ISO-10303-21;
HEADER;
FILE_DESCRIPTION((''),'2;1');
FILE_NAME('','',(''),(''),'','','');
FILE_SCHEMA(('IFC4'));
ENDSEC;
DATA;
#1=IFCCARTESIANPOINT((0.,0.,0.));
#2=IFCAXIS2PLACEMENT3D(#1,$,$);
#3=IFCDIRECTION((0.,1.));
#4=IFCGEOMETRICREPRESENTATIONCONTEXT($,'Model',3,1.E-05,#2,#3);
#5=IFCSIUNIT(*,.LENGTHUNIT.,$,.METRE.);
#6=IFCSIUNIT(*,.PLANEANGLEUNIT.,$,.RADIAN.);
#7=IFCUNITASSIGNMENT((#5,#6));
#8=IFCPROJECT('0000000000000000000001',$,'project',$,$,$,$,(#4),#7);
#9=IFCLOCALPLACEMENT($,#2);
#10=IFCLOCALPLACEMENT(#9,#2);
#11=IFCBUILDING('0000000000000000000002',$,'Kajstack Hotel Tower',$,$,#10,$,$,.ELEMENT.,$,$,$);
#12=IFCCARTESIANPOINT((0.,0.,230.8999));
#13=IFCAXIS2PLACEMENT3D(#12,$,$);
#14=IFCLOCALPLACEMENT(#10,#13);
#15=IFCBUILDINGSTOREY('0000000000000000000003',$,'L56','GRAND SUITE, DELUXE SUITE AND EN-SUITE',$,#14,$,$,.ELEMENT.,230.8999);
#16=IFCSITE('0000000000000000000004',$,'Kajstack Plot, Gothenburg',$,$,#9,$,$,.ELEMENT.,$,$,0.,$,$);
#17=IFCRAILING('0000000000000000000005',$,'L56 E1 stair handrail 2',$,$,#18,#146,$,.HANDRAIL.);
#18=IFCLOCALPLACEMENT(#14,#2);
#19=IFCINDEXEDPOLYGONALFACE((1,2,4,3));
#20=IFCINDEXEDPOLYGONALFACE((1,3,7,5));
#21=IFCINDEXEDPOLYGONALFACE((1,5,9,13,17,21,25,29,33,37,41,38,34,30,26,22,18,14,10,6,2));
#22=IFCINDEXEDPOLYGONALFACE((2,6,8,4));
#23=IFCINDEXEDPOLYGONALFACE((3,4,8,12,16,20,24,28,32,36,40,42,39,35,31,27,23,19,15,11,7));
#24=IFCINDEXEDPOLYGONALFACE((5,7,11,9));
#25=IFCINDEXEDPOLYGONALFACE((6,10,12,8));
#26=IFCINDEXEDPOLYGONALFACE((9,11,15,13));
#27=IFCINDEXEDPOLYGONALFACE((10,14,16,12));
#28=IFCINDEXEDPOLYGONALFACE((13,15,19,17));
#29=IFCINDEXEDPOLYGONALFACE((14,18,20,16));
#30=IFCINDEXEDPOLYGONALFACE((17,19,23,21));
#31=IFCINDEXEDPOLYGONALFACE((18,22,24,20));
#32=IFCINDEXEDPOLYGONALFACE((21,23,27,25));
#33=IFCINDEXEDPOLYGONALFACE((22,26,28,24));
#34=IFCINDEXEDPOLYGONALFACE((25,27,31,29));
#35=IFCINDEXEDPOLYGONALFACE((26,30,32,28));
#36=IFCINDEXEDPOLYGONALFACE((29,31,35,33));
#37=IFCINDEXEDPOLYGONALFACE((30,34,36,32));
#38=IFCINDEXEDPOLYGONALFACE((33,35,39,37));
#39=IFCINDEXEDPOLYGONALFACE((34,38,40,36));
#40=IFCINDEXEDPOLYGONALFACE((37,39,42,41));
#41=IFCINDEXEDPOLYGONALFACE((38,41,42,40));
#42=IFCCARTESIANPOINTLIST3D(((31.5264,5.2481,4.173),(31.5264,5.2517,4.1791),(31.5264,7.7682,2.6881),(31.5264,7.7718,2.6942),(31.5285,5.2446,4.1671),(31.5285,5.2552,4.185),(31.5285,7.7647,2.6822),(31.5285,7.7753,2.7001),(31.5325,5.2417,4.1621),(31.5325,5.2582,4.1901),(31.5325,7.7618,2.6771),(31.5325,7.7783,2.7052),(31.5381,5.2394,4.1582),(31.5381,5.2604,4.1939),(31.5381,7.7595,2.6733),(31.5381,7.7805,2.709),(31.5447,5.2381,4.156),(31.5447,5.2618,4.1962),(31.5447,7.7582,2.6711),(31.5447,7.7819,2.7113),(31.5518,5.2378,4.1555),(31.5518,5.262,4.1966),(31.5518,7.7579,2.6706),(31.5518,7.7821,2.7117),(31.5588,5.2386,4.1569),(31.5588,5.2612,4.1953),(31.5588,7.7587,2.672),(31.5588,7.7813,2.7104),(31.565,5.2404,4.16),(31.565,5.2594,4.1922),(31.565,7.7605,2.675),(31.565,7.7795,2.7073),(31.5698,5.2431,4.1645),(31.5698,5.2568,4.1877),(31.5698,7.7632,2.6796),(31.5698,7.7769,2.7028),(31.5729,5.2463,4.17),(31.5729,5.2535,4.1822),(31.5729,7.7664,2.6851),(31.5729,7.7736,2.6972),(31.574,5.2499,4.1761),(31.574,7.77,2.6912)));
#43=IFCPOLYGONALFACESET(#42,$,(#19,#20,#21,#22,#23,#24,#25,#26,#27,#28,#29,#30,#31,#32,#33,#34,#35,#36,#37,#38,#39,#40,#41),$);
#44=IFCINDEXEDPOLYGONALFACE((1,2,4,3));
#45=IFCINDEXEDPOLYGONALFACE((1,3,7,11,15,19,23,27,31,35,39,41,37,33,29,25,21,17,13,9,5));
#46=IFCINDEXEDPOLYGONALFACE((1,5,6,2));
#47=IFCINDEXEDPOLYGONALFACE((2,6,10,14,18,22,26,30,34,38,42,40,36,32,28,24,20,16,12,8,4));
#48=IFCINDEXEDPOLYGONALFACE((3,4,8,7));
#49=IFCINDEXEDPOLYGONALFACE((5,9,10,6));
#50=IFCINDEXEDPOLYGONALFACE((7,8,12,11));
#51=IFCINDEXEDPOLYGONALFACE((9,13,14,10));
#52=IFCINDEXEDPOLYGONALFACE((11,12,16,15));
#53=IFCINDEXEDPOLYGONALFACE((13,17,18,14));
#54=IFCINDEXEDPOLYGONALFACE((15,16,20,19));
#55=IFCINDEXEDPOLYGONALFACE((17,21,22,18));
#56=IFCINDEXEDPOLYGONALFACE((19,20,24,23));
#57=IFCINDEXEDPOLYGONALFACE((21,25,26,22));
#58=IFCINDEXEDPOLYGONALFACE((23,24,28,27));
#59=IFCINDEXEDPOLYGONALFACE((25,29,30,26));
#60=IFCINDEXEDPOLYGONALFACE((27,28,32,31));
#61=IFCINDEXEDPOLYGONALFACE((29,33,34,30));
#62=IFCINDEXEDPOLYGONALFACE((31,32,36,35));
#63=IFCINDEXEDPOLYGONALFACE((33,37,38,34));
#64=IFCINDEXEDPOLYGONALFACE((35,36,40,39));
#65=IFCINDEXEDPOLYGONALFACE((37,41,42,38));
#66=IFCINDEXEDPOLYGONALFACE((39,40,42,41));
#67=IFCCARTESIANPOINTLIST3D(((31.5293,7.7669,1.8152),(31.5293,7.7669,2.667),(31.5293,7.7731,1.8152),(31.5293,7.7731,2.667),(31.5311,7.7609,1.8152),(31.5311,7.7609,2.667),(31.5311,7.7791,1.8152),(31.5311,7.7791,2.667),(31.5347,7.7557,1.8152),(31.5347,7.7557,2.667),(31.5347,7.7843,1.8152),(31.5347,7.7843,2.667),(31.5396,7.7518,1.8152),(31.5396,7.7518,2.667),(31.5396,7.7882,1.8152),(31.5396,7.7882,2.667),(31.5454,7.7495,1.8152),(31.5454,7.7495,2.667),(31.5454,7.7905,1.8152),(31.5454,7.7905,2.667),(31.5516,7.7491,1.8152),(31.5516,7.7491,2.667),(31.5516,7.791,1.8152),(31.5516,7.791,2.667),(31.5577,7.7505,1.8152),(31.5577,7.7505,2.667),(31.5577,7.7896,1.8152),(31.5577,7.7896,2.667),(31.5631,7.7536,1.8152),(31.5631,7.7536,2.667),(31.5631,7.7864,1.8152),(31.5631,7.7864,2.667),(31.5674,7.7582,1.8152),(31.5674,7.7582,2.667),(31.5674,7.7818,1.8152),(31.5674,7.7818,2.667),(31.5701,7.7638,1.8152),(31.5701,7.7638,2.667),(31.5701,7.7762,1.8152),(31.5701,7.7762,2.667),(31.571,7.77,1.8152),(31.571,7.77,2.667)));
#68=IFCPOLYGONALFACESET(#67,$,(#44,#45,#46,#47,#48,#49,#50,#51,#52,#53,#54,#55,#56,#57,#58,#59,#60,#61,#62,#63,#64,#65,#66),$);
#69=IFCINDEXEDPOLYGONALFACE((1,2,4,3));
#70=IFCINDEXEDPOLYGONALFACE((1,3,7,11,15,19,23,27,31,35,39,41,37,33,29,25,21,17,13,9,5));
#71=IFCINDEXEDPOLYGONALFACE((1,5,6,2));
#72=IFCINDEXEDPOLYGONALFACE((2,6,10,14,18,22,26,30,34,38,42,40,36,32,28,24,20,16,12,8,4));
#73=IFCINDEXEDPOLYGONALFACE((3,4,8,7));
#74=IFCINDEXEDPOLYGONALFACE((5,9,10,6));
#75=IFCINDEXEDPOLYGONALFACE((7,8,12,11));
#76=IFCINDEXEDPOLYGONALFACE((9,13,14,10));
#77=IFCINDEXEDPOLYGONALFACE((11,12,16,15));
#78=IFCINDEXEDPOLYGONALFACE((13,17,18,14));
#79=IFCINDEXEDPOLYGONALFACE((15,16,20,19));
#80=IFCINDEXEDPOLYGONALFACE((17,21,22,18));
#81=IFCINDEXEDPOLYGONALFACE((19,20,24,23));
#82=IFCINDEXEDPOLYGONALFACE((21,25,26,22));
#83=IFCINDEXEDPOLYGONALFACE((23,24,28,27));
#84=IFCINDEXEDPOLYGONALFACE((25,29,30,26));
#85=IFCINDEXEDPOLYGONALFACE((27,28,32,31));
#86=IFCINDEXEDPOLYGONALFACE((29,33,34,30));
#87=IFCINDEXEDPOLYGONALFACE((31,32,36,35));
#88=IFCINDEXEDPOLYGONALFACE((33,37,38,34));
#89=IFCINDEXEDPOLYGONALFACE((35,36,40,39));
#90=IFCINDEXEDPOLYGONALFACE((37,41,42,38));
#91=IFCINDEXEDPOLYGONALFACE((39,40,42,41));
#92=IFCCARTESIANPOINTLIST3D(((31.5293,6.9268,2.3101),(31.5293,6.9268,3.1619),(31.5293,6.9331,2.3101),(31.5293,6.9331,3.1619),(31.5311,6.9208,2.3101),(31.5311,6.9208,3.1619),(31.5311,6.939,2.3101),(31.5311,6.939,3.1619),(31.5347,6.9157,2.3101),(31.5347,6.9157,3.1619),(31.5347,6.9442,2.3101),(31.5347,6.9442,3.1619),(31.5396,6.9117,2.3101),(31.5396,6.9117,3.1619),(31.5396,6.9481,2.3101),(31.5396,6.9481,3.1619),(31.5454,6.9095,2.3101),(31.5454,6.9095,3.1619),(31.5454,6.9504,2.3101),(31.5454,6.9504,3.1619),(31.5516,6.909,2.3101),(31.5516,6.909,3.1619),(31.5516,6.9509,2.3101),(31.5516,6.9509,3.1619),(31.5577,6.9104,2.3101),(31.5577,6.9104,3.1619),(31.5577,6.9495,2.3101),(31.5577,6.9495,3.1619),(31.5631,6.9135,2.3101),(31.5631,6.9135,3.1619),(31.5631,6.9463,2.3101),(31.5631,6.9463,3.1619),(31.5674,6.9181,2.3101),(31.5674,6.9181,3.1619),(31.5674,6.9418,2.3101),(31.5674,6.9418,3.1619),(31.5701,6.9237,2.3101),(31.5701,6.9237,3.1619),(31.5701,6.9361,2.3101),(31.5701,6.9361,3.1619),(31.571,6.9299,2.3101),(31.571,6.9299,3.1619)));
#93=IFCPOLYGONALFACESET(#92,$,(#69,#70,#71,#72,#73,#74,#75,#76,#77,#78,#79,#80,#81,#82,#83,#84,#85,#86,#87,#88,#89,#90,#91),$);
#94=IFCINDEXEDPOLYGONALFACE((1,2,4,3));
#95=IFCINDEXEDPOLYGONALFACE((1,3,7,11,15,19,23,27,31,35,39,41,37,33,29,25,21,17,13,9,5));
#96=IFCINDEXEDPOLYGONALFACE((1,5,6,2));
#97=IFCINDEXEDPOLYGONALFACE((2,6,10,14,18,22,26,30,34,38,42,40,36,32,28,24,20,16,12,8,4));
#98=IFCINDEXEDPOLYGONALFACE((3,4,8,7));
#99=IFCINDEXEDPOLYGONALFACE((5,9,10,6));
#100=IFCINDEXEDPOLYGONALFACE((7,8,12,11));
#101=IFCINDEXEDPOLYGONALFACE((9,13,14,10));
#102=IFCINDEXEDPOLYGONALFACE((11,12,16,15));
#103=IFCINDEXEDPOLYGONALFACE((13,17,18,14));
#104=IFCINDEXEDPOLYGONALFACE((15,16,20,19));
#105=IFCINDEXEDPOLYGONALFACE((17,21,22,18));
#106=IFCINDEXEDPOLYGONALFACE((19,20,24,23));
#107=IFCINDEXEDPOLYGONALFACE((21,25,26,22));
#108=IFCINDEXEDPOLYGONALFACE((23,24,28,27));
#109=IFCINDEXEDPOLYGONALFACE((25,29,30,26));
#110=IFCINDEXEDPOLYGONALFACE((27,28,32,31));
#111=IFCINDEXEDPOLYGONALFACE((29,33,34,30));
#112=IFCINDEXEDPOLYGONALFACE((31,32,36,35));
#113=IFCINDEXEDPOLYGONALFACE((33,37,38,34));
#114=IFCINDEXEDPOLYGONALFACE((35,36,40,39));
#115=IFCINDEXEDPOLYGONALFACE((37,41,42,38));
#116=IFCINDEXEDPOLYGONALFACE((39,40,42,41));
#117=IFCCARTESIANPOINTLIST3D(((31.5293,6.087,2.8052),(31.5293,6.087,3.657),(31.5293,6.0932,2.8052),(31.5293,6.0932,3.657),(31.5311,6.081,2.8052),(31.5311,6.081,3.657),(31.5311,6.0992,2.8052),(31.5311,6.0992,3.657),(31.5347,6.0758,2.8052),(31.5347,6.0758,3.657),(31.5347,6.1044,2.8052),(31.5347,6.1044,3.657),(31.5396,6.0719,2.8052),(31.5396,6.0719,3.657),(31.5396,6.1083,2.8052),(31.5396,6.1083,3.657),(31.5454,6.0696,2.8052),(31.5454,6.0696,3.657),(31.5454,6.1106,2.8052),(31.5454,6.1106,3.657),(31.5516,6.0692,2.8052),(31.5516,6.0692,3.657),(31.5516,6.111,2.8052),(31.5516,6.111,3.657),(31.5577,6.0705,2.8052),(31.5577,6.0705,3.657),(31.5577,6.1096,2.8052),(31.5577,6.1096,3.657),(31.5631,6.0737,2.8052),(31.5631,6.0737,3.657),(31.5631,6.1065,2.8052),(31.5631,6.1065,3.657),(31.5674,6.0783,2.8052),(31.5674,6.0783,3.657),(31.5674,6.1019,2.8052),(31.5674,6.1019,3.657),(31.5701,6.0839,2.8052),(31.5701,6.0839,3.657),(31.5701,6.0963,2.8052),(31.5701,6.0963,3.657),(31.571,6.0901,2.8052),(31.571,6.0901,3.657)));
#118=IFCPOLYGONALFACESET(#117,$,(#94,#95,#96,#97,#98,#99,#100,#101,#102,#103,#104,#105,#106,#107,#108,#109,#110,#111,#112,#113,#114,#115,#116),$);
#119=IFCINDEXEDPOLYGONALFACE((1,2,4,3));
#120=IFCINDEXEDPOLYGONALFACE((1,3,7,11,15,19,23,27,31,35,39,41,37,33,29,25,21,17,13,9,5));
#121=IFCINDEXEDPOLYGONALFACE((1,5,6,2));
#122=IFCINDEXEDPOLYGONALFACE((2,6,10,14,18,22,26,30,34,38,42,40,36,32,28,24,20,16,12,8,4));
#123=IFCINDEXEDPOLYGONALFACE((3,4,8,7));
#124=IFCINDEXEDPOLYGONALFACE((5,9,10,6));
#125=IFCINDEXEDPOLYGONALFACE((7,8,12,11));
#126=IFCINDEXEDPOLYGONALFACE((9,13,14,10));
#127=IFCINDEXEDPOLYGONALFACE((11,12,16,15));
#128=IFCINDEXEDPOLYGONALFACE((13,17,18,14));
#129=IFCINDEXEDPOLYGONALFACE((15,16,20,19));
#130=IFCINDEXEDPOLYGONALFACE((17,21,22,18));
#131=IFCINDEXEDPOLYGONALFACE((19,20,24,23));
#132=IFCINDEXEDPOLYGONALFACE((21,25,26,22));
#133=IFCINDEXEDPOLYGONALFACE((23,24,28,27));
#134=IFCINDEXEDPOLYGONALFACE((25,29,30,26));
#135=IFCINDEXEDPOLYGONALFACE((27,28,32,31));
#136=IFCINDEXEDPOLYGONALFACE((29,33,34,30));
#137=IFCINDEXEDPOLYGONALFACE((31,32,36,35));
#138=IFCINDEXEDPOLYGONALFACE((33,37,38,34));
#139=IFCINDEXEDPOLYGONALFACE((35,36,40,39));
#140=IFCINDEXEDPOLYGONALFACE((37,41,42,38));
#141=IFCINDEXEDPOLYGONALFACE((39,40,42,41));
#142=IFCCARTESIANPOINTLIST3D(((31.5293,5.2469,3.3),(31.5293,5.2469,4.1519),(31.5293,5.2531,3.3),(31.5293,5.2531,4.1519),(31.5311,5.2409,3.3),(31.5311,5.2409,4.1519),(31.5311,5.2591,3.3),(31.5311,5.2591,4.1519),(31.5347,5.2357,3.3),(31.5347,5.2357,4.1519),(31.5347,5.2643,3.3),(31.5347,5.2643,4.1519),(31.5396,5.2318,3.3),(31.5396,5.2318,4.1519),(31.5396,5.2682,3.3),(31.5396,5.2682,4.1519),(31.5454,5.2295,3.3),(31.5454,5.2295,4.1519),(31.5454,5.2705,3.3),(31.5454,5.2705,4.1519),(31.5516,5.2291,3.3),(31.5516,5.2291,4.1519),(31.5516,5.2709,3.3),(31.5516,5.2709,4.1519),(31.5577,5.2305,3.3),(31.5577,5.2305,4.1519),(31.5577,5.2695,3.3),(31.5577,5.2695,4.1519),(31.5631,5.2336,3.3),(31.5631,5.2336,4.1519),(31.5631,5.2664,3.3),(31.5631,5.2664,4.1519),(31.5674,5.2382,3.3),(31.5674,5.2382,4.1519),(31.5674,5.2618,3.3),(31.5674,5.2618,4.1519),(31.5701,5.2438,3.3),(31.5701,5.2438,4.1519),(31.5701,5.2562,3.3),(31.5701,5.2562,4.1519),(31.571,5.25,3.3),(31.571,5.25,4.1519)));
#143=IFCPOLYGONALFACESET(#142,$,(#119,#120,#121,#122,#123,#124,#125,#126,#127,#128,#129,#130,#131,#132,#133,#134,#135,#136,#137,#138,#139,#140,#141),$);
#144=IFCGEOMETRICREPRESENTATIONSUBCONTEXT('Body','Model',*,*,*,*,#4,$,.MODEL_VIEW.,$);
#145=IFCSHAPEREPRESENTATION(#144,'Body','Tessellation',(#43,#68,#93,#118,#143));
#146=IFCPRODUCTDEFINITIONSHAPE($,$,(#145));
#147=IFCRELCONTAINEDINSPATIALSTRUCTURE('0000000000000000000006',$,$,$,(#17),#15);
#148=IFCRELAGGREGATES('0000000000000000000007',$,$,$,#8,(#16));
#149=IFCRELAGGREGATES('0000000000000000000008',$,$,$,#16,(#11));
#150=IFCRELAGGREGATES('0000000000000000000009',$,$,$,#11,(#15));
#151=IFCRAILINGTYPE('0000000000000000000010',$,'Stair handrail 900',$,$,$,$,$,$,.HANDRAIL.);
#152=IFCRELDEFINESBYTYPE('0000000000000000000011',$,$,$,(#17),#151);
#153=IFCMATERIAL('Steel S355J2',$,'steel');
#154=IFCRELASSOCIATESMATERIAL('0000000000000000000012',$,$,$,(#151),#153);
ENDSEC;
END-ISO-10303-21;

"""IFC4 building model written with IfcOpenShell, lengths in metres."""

from ifc_helpers import new_model, si_unit, direction, frame, origin, origin_2d, place, context, subcontext, project, spatial, circle, extrude, material, type_object, element, save


model = new_model("IFC4")

# Units and contexts
model_context = context("Model", 3, precision=1e-05, world=origin(), true_north=direction((0.0, 1.0)))
body_context = subcontext(model_context, "Body", "Model", "MODEL_VIEW")
ifc_project = project(units=[si_unit("LENGTHUNIT", "METRE"), si_unit("PLANEANGLEUNIT", "RADIAN")], contexts=[model_context])

# Site, building, storey
site_placement = place(None, origin())
site = spatial("IfcSite", under=ifc_project, at=site_placement, Name="Kajstack Plot, Gothenburg", CompositionType="ELEMENT", RefElevation=0.0)
building_placement = place(site_placement, origin())
building = spatial("IfcBuilding", under=site, at=building_placement, Name="Kajstack Hotel Tower", CompositionType="ELEMENT")
storey_placement = place(building_placement, frame((0.0, 0.0, 230.8999)))
storey = spatial("IfcBuildingStorey", under=building, at=storey_placement, Name="L56", Description="GRAND SUITE, DELUXE SUITE AND EN-SUITE", CompositionType="ELEMENT", Elevation=230.8999)

# Railing
ifc_material_1 = material(Name="Steel S355J2", Category="steel")
railing_type_1 = type_object("IfcRailingType", Name="Stair handrail 900", PredefinedType="HANDRAIL", material=ifc_material_1)
railing_1_placement = place(storey_placement, frame((31.55, 7.77, 1.8152)))
element("IfcRailing", 1, at=railing_1_placement, inside=storey, type_object=railing_type_1, Name="L56 E1 stair handrail 2", PredefinedType="HANDRAIL", context=body_context, shape_type="SweptSolid", body=[
    extrude(circle(Radius=0.0239, at=origin_2d()), frame((0.0, 0.0, 0.876), z_axis=(0.0, -0.861561, 0.507655), x_axis=(1.0, 0.0, 0.0)), (0.0, 0.0, 1.0), 2.925),
    extrude(circle(Radius=0.021, at=origin_2d()), origin(), (0.0, 0.0, 1.0), 0.8518),
    extrude(circle(Radius=0.021, at=origin_2d()), frame((0.0, -0.8401, 0.4949)), (0.0, 0.0, 1.0), 0.8518),
    extrude(circle(Radius=0.021, at=origin_2d()), frame((0.0, -1.6799, 0.99)), (0.0, 0.0, 1.0), 0.8518),
    extrude(circle(Radius=0.021, at=origin_2d()), frame((0.0, -2.52, 1.4849)), (0.0, 0.0, 1.0), 0.8518),
])

save(model, "model.ifc")
